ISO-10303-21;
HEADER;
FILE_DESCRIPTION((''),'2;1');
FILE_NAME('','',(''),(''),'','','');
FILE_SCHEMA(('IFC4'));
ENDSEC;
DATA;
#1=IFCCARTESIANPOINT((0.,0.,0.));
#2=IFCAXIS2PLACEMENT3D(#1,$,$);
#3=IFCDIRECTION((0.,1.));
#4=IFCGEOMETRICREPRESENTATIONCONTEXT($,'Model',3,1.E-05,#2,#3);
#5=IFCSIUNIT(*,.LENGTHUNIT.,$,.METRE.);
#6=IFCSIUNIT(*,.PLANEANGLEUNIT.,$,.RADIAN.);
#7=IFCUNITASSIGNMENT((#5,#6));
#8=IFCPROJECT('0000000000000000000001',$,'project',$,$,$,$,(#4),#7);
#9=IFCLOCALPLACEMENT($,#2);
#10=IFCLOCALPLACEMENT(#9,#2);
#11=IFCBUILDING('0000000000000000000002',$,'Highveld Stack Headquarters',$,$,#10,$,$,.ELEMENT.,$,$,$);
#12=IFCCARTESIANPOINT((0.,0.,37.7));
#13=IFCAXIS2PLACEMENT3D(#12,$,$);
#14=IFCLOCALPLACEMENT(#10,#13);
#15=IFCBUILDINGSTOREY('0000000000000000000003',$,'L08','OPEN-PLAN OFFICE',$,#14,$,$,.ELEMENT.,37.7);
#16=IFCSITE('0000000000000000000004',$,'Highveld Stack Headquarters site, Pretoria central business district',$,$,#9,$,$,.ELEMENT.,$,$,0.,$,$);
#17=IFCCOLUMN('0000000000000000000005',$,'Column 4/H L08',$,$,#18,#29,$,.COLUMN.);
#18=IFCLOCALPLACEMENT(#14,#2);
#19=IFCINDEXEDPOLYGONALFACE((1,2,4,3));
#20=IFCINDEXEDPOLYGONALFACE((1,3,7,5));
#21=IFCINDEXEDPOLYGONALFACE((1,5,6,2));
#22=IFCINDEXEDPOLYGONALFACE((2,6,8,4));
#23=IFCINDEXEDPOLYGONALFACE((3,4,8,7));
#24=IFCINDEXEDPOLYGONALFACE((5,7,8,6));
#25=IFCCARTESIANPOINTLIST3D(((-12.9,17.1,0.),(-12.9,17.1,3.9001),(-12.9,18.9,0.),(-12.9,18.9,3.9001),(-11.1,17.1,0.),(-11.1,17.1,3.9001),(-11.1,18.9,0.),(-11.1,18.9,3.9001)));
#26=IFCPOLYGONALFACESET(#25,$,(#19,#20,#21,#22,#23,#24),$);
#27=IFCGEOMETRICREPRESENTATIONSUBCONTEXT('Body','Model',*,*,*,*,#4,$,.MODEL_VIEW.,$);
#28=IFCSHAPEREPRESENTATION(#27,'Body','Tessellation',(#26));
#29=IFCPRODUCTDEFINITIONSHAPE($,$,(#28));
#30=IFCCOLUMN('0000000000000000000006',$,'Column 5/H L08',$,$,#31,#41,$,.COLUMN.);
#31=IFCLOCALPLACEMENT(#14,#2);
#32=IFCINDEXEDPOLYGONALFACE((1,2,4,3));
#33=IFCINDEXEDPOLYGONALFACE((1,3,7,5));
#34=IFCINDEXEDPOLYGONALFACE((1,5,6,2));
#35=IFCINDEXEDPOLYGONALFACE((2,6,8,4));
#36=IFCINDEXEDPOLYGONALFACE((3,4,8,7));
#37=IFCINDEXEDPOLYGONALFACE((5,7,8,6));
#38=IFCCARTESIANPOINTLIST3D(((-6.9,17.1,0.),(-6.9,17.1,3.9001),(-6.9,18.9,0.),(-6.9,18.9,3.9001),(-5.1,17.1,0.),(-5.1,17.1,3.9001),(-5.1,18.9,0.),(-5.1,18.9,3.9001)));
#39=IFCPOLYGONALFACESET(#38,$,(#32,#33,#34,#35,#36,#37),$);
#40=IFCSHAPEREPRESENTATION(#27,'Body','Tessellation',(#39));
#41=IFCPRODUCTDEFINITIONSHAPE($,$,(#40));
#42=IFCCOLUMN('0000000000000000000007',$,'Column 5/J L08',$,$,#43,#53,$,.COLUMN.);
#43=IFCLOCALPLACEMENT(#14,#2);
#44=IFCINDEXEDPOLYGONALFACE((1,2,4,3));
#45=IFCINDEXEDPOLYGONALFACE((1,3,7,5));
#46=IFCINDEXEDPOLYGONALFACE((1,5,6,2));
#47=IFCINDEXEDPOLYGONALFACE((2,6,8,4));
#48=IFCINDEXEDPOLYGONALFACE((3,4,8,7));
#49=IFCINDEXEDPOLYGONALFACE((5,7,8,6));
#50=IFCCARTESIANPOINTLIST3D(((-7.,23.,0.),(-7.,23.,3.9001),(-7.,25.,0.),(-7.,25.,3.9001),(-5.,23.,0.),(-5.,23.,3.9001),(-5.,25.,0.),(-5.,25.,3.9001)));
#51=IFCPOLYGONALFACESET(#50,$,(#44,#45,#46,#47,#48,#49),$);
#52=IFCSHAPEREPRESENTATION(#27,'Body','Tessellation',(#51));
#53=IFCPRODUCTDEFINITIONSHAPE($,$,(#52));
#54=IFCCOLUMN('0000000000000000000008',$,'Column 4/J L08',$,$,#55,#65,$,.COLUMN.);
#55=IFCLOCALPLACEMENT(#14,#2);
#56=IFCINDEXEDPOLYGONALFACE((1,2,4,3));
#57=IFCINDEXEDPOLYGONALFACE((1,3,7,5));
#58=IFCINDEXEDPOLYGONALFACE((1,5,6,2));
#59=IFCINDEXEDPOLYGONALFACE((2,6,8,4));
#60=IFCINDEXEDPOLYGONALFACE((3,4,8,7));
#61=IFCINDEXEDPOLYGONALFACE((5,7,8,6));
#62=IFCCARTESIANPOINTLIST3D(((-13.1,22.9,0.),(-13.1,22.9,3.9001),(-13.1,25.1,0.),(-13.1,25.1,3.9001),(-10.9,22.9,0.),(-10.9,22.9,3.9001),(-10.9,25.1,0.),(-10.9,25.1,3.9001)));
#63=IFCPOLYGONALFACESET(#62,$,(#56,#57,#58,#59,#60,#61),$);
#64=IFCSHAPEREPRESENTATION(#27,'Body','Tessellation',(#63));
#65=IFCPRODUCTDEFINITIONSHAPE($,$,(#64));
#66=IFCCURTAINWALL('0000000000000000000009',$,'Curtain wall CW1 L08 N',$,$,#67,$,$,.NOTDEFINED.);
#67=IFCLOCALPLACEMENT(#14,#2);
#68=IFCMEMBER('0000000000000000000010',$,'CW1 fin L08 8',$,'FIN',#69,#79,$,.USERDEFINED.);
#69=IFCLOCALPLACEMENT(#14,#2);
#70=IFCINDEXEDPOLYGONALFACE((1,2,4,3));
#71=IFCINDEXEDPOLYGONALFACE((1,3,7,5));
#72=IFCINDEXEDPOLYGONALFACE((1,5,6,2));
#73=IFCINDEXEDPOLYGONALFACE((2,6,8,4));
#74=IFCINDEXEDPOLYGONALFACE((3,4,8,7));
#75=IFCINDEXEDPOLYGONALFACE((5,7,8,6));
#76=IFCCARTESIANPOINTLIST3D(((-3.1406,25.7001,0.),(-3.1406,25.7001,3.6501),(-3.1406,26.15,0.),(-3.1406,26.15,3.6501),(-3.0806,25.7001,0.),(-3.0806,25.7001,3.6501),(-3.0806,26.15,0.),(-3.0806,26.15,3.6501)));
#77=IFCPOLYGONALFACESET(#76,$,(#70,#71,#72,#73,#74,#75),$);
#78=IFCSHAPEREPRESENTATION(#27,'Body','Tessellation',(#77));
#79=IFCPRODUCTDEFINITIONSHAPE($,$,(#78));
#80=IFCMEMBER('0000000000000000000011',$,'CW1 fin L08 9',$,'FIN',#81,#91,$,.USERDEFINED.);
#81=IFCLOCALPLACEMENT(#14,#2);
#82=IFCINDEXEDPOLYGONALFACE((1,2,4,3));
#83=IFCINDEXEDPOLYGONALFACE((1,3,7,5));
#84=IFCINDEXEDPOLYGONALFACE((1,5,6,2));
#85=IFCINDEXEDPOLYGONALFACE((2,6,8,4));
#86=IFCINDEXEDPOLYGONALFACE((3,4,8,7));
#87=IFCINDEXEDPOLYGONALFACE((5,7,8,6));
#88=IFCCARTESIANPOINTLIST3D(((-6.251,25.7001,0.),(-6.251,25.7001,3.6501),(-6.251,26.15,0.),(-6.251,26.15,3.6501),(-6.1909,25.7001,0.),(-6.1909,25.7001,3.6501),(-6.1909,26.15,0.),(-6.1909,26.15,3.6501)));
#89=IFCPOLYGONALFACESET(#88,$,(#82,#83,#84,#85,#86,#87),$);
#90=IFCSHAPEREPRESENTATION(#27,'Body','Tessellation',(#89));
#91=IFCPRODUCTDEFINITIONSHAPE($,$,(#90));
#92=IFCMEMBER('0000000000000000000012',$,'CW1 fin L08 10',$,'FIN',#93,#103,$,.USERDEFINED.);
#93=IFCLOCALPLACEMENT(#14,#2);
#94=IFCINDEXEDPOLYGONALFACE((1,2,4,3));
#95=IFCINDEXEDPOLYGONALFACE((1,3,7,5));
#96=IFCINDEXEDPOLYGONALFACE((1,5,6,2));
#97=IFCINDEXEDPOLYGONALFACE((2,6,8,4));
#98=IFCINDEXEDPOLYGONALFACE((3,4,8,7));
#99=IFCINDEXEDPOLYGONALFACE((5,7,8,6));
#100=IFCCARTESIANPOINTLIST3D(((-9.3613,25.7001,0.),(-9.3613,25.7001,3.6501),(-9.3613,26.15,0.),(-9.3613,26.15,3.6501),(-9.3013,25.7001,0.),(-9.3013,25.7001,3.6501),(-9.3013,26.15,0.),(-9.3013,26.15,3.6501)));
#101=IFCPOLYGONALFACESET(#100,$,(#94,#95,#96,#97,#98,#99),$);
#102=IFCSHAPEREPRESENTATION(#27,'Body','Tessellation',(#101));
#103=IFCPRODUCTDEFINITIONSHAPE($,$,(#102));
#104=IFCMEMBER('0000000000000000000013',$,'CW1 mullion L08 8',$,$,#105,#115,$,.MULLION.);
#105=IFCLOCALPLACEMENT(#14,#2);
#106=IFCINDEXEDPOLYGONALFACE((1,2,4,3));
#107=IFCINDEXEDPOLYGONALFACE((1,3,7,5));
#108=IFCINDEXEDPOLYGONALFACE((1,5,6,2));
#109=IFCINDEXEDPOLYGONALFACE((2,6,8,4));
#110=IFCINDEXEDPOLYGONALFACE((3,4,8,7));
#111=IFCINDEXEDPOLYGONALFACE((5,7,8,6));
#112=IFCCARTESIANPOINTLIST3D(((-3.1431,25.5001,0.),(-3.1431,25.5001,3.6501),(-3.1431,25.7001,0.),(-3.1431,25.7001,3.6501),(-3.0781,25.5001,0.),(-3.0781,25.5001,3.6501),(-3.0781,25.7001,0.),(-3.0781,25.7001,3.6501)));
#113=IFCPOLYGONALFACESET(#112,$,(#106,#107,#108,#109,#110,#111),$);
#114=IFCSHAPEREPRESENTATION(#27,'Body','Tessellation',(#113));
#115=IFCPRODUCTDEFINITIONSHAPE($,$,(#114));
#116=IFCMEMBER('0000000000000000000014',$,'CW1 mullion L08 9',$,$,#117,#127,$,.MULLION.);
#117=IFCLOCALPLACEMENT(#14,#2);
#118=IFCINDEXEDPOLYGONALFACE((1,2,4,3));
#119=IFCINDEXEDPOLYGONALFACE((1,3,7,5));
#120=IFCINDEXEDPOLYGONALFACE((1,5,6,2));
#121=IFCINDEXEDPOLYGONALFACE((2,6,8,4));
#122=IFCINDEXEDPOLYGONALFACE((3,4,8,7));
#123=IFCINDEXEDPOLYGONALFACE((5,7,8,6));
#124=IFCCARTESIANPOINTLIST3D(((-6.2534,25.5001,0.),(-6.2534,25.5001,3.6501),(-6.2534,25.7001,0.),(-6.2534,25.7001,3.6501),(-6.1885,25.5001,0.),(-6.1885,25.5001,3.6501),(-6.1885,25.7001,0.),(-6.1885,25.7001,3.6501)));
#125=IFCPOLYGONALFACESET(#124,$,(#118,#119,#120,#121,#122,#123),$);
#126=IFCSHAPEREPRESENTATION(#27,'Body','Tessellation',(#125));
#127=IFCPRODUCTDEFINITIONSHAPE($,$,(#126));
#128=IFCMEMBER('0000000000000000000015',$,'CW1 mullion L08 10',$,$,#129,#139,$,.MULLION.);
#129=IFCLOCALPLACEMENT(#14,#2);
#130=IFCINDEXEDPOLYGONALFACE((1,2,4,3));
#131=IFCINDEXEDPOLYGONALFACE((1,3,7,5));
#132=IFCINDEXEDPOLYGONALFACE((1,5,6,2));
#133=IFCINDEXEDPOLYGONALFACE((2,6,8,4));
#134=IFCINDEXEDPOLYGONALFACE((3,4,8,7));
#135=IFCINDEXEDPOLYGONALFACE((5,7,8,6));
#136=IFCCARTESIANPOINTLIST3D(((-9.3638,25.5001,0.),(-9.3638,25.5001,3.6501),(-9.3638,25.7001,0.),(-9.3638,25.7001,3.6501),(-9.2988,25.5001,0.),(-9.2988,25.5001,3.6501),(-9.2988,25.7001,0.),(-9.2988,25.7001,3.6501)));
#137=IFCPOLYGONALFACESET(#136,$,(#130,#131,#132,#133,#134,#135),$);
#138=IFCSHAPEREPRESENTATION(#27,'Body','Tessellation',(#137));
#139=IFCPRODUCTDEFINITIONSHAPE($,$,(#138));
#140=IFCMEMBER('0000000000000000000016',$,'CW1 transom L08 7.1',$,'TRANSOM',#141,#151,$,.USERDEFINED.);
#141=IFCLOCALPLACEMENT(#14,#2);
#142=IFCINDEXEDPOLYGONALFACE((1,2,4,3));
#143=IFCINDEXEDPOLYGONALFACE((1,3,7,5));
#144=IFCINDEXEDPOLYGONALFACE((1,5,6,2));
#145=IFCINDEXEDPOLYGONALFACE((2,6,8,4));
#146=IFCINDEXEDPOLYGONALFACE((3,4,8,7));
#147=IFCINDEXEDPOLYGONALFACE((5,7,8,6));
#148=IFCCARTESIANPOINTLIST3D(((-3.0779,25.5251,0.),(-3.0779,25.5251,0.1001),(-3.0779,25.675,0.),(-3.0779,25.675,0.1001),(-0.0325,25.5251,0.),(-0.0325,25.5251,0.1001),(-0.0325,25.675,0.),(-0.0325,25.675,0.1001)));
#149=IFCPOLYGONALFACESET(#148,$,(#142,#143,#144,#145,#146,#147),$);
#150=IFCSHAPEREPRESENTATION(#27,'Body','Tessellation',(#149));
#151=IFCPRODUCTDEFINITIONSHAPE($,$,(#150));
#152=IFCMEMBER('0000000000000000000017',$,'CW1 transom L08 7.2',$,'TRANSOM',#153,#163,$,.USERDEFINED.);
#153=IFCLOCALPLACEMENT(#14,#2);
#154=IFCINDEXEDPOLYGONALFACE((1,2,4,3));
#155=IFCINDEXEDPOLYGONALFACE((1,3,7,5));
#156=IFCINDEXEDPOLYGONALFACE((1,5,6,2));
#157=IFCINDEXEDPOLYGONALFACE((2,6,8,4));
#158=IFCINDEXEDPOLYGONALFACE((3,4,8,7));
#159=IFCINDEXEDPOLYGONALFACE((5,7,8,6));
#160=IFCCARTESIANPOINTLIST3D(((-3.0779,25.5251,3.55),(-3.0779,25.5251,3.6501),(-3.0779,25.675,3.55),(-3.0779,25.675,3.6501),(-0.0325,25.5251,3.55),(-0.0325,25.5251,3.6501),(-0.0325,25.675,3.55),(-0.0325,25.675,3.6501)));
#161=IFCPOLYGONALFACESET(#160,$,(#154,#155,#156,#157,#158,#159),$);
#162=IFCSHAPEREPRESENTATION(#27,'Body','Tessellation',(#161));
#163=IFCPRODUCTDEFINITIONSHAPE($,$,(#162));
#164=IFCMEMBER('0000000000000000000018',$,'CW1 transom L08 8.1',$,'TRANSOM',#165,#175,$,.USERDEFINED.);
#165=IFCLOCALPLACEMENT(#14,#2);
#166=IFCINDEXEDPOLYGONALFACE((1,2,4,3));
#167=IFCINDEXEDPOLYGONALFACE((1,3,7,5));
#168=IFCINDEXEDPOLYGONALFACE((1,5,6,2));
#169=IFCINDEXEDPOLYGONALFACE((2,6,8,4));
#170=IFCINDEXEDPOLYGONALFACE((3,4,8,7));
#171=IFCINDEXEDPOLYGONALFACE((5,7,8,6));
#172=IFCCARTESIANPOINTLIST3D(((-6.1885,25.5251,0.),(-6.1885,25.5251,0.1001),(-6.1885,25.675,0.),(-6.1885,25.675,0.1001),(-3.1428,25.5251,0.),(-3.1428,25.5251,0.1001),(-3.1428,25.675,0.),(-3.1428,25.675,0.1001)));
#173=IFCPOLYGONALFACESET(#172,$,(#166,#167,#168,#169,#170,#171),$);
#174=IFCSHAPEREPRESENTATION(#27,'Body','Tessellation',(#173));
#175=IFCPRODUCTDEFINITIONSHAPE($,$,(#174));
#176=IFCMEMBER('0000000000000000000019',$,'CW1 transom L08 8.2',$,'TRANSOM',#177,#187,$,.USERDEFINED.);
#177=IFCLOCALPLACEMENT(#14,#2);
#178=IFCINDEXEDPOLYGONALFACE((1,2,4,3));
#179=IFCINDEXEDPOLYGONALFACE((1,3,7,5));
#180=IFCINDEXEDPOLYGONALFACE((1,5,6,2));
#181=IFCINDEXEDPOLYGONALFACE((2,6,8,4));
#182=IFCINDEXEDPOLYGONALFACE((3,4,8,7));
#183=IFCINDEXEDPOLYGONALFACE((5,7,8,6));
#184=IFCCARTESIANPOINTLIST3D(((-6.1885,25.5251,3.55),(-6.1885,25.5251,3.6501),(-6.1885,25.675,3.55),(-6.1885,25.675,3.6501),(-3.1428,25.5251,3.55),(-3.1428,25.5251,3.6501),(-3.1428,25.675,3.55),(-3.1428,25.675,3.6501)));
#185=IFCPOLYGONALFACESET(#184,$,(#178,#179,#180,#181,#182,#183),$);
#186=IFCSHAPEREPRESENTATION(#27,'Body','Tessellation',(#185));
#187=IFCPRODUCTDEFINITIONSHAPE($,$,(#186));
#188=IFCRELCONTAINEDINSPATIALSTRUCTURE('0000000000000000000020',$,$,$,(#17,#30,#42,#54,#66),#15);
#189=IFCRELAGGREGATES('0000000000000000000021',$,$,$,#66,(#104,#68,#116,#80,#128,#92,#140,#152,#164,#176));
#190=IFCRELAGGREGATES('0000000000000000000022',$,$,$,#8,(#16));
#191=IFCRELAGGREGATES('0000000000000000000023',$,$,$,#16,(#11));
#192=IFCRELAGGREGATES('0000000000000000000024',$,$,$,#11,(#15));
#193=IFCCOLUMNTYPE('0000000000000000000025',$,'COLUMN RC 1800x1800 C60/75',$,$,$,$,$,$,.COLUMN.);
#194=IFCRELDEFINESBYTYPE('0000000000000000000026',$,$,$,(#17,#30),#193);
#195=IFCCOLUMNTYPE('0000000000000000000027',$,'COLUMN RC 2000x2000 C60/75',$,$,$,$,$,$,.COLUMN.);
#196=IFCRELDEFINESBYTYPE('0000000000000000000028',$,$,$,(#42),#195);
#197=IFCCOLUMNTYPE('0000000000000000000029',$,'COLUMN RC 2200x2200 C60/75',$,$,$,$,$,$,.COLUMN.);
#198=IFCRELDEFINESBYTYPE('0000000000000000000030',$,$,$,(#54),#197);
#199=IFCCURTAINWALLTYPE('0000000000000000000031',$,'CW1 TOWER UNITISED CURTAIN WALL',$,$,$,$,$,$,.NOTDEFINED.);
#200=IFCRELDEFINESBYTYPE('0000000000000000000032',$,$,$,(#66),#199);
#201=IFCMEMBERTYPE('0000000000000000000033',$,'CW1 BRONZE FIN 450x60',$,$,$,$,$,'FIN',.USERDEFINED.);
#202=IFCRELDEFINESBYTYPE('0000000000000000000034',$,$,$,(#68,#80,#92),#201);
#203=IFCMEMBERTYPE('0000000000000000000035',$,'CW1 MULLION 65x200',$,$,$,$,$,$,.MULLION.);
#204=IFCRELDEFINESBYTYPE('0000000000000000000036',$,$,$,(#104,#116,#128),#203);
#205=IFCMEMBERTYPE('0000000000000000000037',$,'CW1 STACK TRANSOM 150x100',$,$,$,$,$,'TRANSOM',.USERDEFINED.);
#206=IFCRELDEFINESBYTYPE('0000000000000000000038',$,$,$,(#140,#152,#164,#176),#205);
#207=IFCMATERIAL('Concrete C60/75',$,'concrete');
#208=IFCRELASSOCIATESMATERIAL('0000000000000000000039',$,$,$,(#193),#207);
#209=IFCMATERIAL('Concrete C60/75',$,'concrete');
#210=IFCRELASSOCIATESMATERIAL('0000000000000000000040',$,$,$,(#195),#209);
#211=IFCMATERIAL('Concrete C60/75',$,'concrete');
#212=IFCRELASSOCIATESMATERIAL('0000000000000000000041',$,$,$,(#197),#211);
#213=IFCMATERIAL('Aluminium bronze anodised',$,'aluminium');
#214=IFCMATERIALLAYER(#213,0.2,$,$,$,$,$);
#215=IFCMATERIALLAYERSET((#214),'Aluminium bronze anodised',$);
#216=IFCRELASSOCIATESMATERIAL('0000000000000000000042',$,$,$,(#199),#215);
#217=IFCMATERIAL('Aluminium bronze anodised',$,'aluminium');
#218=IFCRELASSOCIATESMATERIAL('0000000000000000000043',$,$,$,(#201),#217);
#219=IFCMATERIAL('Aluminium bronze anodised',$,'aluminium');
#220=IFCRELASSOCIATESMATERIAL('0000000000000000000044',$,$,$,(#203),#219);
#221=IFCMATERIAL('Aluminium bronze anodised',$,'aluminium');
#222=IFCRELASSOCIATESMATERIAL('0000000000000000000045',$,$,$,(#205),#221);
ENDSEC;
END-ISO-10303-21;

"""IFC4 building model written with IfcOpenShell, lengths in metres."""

from ifc_helpers import new_model, si_unit, direction, frame, origin, origin_2d, place, context, subcontext, project, spatial, rectangle, extrude, material, layer, layer_set, material_profile, profile_set, type_object, element, aggregate, save


model = new_model("IFC4")

# Units and contexts
model_context = context("Model", 3, precision=1e-05, world=origin(), true_north=direction((0.0, 1.0)))
body_context = subcontext(model_context, "Body", "Model", "MODEL_VIEW")
ifc_project = project(units=[si_unit("LENGTHUNIT", "METRE"), si_unit("PLANEANGLEUNIT", "RADIAN")], contexts=[model_context])

# Site, building, storey
site_placement = place(None, origin())
site = spatial("IfcSite", under=ifc_project, at=site_placement, Name="Highveld Stack Headquarters site, Pretoria central business district", CompositionType="ELEMENT", RefElevation=0.0)
building_placement = place(site_placement, origin())
building = spatial("IfcBuilding", under=site, at=building_placement, Name="Highveld Stack Headquarters", CompositionType="ELEMENT")
storey_placement = place(building_placement, frame((0.0, 0.0, 37.7)))
storey = spatial("IfcBuildingStorey", under=building, at=storey_placement, Name="L08", Description="OPEN-PLAN OFFICE", CompositionType="ELEMENT", Elevation=37.7)

# Columns
ifc_material_1 = material(Name="Concrete C60/75", Category="concrete")
ifc_material_profile_1 = material_profile(ifc_material_1, rectangle(XDim=1.8, YDim=1.8, at=origin_2d()), Name="RC 1800x1800")
ifc_profile_set_1 = profile_set([ifc_material_profile_1], Name="Concrete C60/75")
column_type_1 = type_object("IfcColumnType", Name="COLUMN RC 1800x1800 C60/75", PredefinedType="COLUMN", material=ifc_profile_set_1)
for number, where, z_axis, x_axis, name in (
    (1, (-12.0, 18.0, 0.0), (0.0, 0.0, 1.0), (1.0, 0.0, 0.0), "Column 4/H L08"),
    (2, (-6.0, 18.0, 0.0), (0.0, 0.0, 1.0), (1.0, 0.0, 0.0), "Column 5/H L08"),
):
    element("IfcColumn", number, at=place(storey_placement, frame(where, z_axis=z_axis, x_axis=x_axis)), inside=storey, type_object=column_type_1, Name=name, PredefinedType="COLUMN", context=body_context, shape_type="SweptSolid", body=[
        extrude(rectangle(XDim=1.8, YDim=1.8, at=origin_2d()), origin(), (0.0, 0.0, 1.0), 3.9001),
    ])
ifc_material_2 = material(Name="Concrete C60/75", Category="concrete")
ifc_material_profile_2 = material_profile(ifc_material_2, rectangle(XDim=2.0, YDim=2.0, at=origin_2d()), Name="RC 2000x2000")
ifc_profile_set_2 = profile_set([ifc_material_profile_2], Name="Concrete C60/75")
column_type_2 = type_object("IfcColumnType", Name="COLUMN RC 2000x2000 C60/75", PredefinedType="COLUMN", material=ifc_profile_set_2)
column_1_placement = place(storey_placement, frame((-6.0, 24.0, 0.0), z_axis=(0.0, 0.0, 1.0), x_axis=(1.0, 0.0, 0.0)))
element("IfcColumn", 3, at=column_1_placement, inside=storey, type_object=column_type_2, Name="Column 5/J L08", PredefinedType="COLUMN", context=body_context, shape_type="SweptSolid", body=[
    extrude(rectangle(XDim=2.0, YDim=2.0, at=origin_2d()), origin(), (0.0, 0.0, 1.0), 3.9001),
])
ifc_material_3 = material(Name="Concrete C60/75", Category="concrete")
ifc_material_profile_3 = material_profile(ifc_material_3, rectangle(XDim=2.2, YDim=2.2, at=origin_2d()), Name="RC 2200x2200")
ifc_profile_set_3 = profile_set([ifc_material_profile_3], Name="Concrete C60/75")
column_type_3 = type_object("IfcColumnType", Name="COLUMN RC 2200x2200 C60/75", PredefinedType="COLUMN", material=ifc_profile_set_3)
column_2_placement = place(storey_placement, frame((-12.0, 24.0, 0.0), z_axis=(0.0, 0.0, 1.0), x_axis=(1.0, 0.0, 0.0)))
element("IfcColumn", 4, at=column_2_placement, inside=storey, type_object=column_type_3, Name="Column 4/J L08", PredefinedType="COLUMN", context=body_context, shape_type="SweptSolid", body=[
    extrude(rectangle(XDim=2.2, YDim=2.2, at=origin_2d()), origin(), (0.0, 0.0, 1.0), 3.9001),
])

# Curtain wall, members
ifc_material_4 = material(Name="Aluminium bronze anodised", Category="aluminium")
ifc_layer_1 = layer(ifc_material_4, 0.2)
ifc_layer_set_1 = layer_set([ifc_layer_1], Name="Aluminium bronze anodised")
curtain_wall_type = type_object("IfcCurtainWallType", Name="CW1 TOWER UNITISED CURTAIN WALL", PredefinedType="NOTDEFINED", material=ifc_layer_set_1)
curtain_wall_placement = place(storey_placement, origin())
curtain_wall = element("IfcCurtainWall", 5, at=curtain_wall_placement, inside=storey, type_object=curtain_wall_type, Name="Curtain wall CW1 L08 N", PredefinedType="NOTDEFINED")
ifc_material_5 = material(Name="Aluminium bronze anodised", Category="aluminium")
ifc_material_profile_4 = material_profile(ifc_material_5, rectangle(XDim=0.45, YDim=0.0601, at=origin_2d()), Name="FIN 450x60")
ifc_profile_set_4 = profile_set([ifc_material_profile_4], Name="Aluminium bronze anodised")
member_type_1 = type_object("IfcMemberType", Name="CW1 BRONZE FIN 450x60", ElementType="FIN", PredefinedType="USERDEFINED", material=ifc_profile_set_4)
member_1_placement = place(storey_placement, frame((-3.1106, 25.925, 0.0), z_axis=(0.0, 0.0, 1.0), x_axis=(0.0, -1.0, 0.0)))
member_1 = element("IfcMember", 6, at=member_1_placement, type_object=member_type_1, Name="CW1 fin L08 8", ObjectType="FIN", PredefinedType="USERDEFINED", context=body_context, shape_type="SweptSolid", body=[
    extrude(rectangle(XDim=0.45, YDim=0.0601, at=origin_2d()), origin(), (0.0, 0.0, 1.0), 3.6501),
])
member_2_placement = place(storey_placement, frame((-6.2209, 25.925, 0.0), z_axis=(0.0, 0.0, 1.0), x_axis=(0.0, -1.0, 0.0)))
member_2 = element("IfcMember", 7, at=member_2_placement, type_object=member_type_1, Name="CW1 fin L08 9", ObjectType="FIN", PredefinedType="USERDEFINED", context=body_context, shape_type="SweptSolid", body=[
    extrude(rectangle(XDim=0.45, YDim=0.0601, at=origin_2d()), origin(), (0.0, 0.0, 1.0), 3.6501),
])
member_3_placement = place(storey_placement, frame((-9.3313, 25.925, 0.0), z_axis=(0.0, 0.0, 1.0), x_axis=(0.0, -1.0, 0.0)))
member_3 = element("IfcMember", 8, at=member_3_placement, type_object=member_type_1, Name="CW1 fin L08 10", ObjectType="FIN", PredefinedType="USERDEFINED", context=body_context, shape_type="SweptSolid", body=[
    extrude(rectangle(XDim=0.45, YDim=0.0601, at=origin_2d()), origin(), (0.0, 0.0, 1.0), 3.6501),
])
ifc_material_6 = material(Name="Aluminium bronze anodised", Category="aluminium")
ifc_material_profile_5 = material_profile(ifc_material_6, rectangle(XDim=0.2, YDim=0.0649, at=origin_2d()), Name="CW1 MULLION 65x200")
ifc_profile_set_5 = profile_set([ifc_material_profile_5], Name="Aluminium bronze anodised")
member_type_2 = type_object("IfcMemberType", Name="CW1 MULLION 65x200", PredefinedType="MULLION", material=ifc_profile_set_5)
member_4_placement = place(storey_placement, frame((-3.1106, 25.6001, 0.0), z_axis=(0.0, 0.0, 1.0), x_axis=(0.0, -1.0, 0.0)))
member_4 = element("IfcMember", 9, at=member_4_placement, type_object=member_type_2, Name="CW1 mullion L08 8", PredefinedType="MULLION", context=body_context, shape_type="SweptSolid", body=[
    extrude(rectangle(XDim=0.2, YDim=0.0649, at=origin_2d()), origin(), (0.0, 0.0, 1.0), 3.6501),
])
member_5_placement = place(storey_placement, frame((-6.2209, 25.6001, 0.0), z_axis=(0.0, 0.0, 1.0), x_axis=(0.0, -1.0, 0.0)))
member_5 = element("IfcMember", 10, at=member_5_placement, type_object=member_type_2, Name="CW1 mullion L08 9", PredefinedType="MULLION", context=body_context, shape_type="SweptSolid", body=[
    extrude(rectangle(XDim=0.2, YDim=0.0649, at=origin_2d()), origin(), (0.0, 0.0, 1.0), 3.6501),
])
member_6_placement = place(storey_placement, frame((-9.3313, 25.6001, 0.0), z_axis=(0.0, 0.0, 1.0), x_axis=(0.0, -1.0, 0.0)))
member_6 = element("IfcMember", 11, at=member_6_placement, type_object=member_type_2, Name="CW1 mullion L08 10", PredefinedType="MULLION", context=body_context, shape_type="SweptSolid", body=[
    extrude(rectangle(XDim=0.2, YDim=0.0649, at=origin_2d()), origin(), (0.0, 0.0, 1.0), 3.6501),
])
ifc_material_7 = material(Name="Aluminium bronze anodised", Category="aluminium")
ifc_material_profile_6 = material_profile(ifc_material_7, rectangle(XDim=0.1499, YDim=0.1001, at=origin_2d()), Name="CW1 TRANSOM 150x100")
ifc_profile_set_6 = profile_set([ifc_material_profile_6], Name="Aluminium bronze anodised")
member_type_3 = type_object("IfcMemberType", Name="CW1 STACK TRANSOM 150x100", ElementType="TRANSOM", PredefinedType="USERDEFINED", material=ifc_profile_set_6)
member_7_placement = place(storey_placement, frame((-0.0325, 25.6001, 0.05), z_axis=(-1.0, 0.0, 0.0), x_axis=(0.0, -1.0, 0.0)))
member_7 = element("IfcMember", 12, at=member_7_placement, type_object=member_type_3, Name="CW1 transom L08 7.1", ObjectType="TRANSOM", PredefinedType="USERDEFINED", context=body_context, shape_type="SweptSolid", body=[
    extrude(rectangle(XDim=0.1499, YDim=0.1001, at=origin_2d()), origin(), (0.0, 0.0, 1.0), 3.0454),
])
member_8_placement = place(storey_placement, frame((-0.0325, 25.6001, 3.6001), z_axis=(-1.0, 0.0, 0.0), x_axis=(0.0, -1.0, 0.0)))
member_8 = element("IfcMember", 13, at=member_8_placement, type_object=member_type_3, Name="CW1 transom L08 7.2", ObjectType="TRANSOM", PredefinedType="USERDEFINED", context=body_context, shape_type="SweptSolid", body=[
    extrude(rectangle(XDim=0.1499, YDim=0.1001, at=origin_2d()), origin(), (0.0, 0.0, 1.0), 3.0454),
])
member_9_placement = place(storey_placement, frame((-3.1428, 25.6001, 0.05), z_axis=(-1.0, 0.0, 0.0), x_axis=(0.0, -1.0, 0.0)))
member_9 = element("IfcMember", 14, at=member_9_placement, type_object=member_type_3, Name="CW1 transom L08 8.1", ObjectType="TRANSOM", PredefinedType="USERDEFINED", context=body_context, shape_type="SweptSolid", body=[
    extrude(rectangle(XDim=0.1499, YDim=0.1001, at=origin_2d()), origin(), (0.0, 0.0, 1.0), 3.0457),
])
member_10_placement = place(storey_placement, frame((-3.1428, 25.6001, 3.6001), z_axis=(-1.0, 0.0, 0.0), x_axis=(0.0, -1.0, 0.0)))
member_10 = element("IfcMember", 15, at=member_10_placement, type_object=member_type_3, Name="CW1 transom L08 8.2", ObjectType="TRANSOM", PredefinedType="USERDEFINED", context=body_context, shape_type="SweptSolid", body=[
    extrude(rectangle(XDim=0.1499, YDim=0.1001, at=origin_2d()), origin(), (0.0, 0.0, 1.0), 3.0457),
])
aggregate(curtain_wall, [member_4, member_1, member_5, member_2, member_6, member_3, member_7, member_8, member_9, member_10])

save(model, "model.ifc")
